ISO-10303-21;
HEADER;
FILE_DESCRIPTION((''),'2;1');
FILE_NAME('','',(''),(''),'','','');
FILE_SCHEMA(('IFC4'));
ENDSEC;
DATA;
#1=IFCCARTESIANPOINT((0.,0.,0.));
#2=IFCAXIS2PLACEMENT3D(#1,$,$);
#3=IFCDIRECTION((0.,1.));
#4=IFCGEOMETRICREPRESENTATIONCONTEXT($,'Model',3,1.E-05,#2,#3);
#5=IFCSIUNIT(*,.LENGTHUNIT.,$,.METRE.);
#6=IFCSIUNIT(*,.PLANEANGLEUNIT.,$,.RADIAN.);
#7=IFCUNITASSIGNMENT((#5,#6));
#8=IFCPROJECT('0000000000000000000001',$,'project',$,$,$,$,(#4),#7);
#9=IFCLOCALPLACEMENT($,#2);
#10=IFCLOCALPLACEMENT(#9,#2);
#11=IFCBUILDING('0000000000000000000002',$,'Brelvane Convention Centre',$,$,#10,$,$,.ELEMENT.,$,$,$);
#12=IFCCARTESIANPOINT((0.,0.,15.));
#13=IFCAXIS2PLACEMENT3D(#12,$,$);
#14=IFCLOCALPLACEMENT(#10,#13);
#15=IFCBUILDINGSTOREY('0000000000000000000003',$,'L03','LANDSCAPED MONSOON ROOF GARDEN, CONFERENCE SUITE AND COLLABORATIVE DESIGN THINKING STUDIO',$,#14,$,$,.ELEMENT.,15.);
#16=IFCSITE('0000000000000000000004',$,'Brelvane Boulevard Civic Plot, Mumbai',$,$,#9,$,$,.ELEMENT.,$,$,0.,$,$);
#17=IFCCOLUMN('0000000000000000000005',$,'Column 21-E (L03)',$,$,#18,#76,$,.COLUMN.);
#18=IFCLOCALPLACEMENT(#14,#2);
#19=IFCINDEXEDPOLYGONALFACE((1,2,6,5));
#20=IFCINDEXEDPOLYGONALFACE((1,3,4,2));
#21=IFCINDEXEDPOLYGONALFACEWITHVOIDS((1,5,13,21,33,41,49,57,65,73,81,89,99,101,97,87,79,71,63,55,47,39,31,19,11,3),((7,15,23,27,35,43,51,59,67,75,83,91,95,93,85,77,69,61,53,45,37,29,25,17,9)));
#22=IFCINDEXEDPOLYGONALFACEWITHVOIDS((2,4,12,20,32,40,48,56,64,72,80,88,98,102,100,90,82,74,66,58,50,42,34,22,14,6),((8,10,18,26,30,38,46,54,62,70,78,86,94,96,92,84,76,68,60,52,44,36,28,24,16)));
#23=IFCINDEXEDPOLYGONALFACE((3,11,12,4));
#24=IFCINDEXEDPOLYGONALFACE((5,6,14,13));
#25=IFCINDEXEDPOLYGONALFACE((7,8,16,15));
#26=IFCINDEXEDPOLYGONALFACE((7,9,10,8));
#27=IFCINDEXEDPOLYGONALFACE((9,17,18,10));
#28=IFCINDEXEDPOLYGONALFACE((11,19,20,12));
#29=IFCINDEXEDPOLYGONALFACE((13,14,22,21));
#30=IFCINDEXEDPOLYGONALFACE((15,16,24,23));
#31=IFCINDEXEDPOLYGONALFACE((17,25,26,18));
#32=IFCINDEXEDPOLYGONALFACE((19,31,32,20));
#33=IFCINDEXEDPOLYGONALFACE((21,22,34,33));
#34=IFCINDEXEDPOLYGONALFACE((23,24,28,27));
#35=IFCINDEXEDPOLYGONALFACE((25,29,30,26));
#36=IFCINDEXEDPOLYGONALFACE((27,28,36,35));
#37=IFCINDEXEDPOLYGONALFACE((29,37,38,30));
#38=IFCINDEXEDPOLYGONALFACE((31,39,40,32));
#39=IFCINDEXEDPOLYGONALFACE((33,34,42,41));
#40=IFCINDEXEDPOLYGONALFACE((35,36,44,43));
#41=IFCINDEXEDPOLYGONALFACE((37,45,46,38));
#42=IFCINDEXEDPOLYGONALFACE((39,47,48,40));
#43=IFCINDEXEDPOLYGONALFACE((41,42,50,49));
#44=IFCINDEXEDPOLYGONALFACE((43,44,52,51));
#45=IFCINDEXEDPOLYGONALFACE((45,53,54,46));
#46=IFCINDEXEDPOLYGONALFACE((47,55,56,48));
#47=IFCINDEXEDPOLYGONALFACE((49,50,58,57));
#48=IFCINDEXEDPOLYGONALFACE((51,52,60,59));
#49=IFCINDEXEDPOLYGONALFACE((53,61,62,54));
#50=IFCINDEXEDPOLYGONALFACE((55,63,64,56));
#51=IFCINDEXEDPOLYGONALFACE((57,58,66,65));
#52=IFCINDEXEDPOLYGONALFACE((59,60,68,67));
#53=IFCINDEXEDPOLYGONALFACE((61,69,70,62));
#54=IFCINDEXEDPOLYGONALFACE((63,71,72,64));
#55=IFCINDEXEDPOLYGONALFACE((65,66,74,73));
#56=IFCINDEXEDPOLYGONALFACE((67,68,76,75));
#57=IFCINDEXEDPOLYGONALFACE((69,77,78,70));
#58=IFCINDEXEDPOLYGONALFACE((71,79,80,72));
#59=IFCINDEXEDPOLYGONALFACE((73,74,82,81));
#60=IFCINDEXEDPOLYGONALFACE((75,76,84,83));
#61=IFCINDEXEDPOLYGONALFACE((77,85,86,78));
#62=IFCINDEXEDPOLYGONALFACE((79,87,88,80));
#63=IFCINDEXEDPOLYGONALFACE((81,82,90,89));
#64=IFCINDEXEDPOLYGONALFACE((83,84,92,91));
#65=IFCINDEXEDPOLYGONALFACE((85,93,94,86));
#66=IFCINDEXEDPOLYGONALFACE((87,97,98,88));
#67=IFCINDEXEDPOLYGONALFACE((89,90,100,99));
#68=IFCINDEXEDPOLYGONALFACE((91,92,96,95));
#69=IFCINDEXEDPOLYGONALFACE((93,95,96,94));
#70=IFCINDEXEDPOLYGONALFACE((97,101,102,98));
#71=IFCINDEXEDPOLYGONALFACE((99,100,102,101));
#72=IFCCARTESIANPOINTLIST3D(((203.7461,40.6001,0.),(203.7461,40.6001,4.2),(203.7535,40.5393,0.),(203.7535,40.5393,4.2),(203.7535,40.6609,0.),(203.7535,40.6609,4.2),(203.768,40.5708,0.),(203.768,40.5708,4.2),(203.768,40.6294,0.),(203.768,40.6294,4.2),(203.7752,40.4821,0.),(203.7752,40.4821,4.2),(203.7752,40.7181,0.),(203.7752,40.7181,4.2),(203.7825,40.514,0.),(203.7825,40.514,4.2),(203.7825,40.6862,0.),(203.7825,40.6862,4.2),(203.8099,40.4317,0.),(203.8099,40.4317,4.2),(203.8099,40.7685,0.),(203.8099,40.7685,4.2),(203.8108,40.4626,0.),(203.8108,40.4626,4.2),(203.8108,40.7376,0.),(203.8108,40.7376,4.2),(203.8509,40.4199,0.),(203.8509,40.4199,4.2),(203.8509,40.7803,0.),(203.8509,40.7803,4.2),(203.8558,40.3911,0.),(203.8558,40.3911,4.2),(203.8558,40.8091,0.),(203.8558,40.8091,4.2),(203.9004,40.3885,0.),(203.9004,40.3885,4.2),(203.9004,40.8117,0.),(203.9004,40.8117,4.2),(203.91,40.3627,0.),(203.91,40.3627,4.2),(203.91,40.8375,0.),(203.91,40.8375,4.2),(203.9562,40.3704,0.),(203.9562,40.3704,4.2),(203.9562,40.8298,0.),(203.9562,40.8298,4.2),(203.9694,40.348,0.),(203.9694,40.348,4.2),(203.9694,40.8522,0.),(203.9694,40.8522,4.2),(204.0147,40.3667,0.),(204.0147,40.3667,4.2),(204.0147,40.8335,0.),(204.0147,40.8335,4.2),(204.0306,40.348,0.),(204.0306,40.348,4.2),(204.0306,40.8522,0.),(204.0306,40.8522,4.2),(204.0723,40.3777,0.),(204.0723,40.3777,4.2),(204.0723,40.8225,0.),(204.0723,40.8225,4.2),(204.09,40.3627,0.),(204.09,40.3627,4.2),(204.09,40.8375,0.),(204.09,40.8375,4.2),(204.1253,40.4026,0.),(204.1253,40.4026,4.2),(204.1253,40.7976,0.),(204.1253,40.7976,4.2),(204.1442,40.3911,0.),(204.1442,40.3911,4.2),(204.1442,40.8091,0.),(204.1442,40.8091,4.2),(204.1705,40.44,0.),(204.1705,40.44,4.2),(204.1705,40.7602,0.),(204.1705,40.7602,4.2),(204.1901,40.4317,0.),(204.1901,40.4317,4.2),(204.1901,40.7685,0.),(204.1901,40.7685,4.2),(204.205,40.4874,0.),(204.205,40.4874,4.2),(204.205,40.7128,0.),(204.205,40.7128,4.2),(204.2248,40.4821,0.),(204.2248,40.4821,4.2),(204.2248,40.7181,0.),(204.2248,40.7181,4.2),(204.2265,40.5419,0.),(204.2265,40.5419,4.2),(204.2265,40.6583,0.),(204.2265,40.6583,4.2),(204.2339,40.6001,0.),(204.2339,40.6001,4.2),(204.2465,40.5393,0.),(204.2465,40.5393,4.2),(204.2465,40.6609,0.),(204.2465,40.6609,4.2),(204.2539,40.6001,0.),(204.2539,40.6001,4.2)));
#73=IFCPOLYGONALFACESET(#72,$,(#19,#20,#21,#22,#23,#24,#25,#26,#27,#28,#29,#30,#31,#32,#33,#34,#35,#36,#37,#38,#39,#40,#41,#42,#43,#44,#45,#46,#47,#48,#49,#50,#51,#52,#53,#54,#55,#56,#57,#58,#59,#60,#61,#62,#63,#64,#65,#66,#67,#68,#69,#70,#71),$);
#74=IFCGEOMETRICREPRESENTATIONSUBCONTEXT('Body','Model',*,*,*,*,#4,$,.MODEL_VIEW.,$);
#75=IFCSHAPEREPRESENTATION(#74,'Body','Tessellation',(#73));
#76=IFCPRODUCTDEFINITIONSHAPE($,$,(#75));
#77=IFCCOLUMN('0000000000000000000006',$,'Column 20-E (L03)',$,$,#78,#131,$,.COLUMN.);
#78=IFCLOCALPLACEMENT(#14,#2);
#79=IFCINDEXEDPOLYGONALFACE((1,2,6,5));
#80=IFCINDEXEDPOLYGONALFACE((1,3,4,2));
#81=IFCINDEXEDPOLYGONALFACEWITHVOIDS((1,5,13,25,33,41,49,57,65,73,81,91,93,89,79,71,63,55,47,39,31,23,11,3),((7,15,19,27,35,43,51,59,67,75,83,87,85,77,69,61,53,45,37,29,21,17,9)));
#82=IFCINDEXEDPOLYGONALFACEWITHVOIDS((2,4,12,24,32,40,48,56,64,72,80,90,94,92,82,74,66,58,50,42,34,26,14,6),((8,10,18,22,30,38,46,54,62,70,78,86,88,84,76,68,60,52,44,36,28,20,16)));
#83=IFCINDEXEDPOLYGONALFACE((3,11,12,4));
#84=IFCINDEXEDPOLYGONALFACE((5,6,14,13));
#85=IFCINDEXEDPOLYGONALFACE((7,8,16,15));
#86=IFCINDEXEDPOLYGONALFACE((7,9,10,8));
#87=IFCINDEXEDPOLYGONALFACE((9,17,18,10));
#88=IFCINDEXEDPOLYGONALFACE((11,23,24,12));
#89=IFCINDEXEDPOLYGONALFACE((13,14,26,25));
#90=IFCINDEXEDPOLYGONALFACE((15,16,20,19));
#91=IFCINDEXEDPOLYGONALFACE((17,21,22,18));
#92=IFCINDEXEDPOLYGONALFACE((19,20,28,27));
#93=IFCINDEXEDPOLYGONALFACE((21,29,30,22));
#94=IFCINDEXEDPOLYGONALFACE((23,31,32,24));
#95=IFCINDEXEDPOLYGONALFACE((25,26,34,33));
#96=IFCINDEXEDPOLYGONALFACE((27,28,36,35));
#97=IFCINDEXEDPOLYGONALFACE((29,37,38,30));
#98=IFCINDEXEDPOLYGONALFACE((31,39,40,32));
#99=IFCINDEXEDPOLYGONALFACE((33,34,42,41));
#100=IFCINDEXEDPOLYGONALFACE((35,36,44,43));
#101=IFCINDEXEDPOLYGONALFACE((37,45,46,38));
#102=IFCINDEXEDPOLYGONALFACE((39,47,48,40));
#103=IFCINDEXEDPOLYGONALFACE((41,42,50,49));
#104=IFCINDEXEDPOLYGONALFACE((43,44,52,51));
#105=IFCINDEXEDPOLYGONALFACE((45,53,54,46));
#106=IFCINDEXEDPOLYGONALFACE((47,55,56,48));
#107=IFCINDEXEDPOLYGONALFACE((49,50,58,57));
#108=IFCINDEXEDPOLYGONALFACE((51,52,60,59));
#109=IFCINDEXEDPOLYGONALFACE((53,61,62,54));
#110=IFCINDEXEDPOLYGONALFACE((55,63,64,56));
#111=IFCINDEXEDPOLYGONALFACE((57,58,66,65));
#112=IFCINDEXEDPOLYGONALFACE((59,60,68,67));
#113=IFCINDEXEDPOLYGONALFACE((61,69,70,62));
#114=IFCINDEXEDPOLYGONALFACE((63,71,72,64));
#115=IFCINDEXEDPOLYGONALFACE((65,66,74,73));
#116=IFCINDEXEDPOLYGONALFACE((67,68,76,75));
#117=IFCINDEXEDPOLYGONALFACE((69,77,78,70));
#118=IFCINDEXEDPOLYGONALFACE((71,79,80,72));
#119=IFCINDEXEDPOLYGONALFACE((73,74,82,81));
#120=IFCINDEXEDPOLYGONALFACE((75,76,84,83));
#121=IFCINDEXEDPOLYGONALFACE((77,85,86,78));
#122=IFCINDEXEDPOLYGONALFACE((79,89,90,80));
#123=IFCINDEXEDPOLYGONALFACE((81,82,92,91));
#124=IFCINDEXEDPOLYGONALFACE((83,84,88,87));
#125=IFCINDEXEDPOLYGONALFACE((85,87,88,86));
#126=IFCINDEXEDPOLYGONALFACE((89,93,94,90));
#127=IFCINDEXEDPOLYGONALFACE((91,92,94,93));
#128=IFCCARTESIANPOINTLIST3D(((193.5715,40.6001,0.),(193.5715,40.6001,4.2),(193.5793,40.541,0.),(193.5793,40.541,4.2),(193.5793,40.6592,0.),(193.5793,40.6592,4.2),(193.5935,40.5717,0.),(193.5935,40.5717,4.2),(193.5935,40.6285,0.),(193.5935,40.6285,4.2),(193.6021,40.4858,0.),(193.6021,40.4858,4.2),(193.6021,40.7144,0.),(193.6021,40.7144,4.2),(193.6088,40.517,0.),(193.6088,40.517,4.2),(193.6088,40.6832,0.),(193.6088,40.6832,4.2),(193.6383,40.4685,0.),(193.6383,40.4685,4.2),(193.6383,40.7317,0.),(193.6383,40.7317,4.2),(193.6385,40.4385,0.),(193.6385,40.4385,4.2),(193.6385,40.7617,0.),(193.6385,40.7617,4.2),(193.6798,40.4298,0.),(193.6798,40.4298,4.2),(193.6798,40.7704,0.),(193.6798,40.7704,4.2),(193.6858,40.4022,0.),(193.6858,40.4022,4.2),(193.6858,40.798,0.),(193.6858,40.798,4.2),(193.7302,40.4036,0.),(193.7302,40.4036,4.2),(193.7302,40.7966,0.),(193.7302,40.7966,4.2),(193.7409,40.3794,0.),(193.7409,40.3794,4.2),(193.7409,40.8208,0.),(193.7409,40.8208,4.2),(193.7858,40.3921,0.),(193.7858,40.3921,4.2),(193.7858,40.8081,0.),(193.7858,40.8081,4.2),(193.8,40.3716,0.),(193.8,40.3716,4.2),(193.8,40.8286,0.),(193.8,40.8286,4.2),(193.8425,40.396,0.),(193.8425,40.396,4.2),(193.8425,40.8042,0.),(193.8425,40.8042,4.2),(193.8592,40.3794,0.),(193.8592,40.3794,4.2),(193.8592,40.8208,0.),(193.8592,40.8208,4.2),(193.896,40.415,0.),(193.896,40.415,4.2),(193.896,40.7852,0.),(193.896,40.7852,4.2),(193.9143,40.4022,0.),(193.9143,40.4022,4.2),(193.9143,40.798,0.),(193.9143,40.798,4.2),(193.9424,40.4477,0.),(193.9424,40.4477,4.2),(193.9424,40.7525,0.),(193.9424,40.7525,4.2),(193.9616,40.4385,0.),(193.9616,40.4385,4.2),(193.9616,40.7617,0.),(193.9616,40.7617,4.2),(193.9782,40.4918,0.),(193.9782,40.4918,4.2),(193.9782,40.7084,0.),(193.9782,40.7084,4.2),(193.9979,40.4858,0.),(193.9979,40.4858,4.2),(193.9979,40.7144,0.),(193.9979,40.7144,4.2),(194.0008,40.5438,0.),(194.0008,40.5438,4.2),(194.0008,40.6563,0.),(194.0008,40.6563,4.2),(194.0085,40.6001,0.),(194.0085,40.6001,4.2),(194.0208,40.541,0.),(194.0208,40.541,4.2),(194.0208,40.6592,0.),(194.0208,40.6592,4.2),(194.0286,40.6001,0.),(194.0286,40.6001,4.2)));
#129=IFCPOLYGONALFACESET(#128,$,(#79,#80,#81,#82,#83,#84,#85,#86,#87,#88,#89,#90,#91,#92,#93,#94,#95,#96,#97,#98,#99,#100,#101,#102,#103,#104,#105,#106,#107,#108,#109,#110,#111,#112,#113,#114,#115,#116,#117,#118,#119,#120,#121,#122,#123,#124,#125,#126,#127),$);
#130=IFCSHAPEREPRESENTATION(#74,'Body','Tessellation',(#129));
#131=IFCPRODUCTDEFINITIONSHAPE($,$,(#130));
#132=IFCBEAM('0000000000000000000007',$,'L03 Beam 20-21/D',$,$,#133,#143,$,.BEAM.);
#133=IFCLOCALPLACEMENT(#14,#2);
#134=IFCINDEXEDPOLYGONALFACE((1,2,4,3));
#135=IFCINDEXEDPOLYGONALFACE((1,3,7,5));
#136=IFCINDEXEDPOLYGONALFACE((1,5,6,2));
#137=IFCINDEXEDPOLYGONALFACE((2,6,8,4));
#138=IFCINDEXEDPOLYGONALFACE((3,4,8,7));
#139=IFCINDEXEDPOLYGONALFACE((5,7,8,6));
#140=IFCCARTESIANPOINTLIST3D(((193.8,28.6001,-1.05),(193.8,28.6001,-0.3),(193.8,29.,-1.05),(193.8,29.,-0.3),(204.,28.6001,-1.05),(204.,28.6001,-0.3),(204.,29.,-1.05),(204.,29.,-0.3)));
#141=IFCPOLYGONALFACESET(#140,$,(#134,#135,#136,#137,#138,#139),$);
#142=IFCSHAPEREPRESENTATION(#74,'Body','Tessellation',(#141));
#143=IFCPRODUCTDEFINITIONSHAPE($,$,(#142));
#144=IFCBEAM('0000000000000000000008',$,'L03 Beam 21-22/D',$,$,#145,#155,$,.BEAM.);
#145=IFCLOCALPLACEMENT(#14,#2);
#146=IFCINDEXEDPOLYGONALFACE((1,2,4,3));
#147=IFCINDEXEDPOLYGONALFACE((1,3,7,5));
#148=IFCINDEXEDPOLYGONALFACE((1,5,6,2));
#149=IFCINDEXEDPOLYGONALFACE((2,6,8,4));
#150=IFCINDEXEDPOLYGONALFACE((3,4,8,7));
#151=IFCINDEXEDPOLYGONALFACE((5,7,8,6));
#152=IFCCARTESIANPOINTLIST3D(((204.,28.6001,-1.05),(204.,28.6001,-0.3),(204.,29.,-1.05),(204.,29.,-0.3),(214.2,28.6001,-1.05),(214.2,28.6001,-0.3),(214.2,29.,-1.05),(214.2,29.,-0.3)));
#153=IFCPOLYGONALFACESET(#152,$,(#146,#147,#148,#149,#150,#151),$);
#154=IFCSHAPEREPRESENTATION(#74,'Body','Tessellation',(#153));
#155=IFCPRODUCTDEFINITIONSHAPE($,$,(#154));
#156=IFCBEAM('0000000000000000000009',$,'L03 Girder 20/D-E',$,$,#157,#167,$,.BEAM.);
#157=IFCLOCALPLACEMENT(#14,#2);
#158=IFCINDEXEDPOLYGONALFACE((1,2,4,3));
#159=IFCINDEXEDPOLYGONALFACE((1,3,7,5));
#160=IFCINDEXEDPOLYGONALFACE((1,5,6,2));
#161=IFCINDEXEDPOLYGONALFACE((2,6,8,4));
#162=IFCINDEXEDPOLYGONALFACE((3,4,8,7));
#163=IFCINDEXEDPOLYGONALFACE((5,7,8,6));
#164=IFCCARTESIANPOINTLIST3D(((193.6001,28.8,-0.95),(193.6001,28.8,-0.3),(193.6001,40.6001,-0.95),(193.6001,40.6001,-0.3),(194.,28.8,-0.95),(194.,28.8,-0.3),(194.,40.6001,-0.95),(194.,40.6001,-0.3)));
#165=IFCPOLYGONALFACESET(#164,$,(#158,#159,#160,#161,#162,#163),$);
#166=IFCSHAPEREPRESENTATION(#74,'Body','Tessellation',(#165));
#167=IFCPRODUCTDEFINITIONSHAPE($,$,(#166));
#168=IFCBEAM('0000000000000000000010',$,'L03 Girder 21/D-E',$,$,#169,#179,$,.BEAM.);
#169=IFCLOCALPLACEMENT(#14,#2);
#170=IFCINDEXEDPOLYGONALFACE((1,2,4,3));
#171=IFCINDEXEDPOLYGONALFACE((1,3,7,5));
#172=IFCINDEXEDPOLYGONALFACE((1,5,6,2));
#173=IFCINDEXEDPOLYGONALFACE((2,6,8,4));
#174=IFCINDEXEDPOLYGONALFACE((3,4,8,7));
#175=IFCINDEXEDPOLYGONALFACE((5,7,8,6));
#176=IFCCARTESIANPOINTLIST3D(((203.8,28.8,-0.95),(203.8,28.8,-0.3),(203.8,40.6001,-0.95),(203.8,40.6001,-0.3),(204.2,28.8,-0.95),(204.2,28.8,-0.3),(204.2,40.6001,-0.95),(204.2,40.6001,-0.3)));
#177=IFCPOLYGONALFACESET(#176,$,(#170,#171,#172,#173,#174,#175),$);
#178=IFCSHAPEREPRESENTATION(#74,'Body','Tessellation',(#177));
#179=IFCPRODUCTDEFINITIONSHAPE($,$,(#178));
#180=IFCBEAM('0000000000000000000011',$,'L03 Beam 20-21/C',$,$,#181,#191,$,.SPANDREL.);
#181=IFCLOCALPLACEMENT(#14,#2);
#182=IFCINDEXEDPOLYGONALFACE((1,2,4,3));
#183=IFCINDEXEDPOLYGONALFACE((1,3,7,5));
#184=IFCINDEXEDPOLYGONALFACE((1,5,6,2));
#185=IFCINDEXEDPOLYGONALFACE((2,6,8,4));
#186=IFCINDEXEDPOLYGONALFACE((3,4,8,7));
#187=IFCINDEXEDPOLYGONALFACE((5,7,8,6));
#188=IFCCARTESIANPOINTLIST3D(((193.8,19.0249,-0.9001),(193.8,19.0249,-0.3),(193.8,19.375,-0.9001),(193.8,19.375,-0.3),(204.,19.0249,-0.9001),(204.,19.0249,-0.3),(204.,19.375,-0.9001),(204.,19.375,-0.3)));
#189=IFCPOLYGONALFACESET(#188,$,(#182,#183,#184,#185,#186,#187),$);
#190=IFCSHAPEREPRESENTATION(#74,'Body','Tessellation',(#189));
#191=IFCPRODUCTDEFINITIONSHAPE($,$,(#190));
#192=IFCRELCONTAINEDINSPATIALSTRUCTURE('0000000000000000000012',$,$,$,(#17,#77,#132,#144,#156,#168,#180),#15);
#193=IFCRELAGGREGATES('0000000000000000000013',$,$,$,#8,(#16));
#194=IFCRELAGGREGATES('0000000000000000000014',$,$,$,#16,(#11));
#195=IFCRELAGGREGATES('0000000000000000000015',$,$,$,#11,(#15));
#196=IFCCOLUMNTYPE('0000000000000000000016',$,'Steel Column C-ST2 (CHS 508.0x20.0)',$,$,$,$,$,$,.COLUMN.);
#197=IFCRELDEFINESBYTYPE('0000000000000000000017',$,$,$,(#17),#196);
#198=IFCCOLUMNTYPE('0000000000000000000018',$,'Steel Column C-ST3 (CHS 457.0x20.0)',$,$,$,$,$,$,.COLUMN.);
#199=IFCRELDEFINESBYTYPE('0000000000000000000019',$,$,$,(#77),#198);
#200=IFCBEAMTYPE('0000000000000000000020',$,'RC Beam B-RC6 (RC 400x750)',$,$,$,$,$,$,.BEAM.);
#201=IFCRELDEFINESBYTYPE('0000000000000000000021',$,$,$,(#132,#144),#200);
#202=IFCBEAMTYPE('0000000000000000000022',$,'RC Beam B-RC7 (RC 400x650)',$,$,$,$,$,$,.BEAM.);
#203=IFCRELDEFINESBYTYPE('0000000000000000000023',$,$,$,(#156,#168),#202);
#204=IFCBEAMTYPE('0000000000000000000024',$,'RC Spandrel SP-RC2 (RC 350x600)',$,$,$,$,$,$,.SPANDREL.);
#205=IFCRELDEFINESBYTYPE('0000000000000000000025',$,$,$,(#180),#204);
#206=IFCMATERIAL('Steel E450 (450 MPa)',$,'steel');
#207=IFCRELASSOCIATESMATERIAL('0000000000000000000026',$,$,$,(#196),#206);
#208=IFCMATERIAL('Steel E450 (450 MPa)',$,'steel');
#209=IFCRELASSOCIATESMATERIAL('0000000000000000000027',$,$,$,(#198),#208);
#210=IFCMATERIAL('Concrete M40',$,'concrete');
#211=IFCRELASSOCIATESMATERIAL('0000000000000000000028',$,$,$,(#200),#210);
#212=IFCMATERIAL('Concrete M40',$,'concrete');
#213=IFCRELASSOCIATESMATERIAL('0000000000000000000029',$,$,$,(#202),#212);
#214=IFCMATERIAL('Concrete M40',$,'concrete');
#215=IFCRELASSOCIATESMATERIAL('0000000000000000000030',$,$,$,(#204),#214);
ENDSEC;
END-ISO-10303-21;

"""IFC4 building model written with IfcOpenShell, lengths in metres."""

from ifc_helpers import new_model, si_unit, direction, frame, origin, origin_2d, place, context, subcontext, project, spatial, rectangle, hollow_circle, extrude, material, material_profile, profile_set, type_object, element, save


model = new_model("IFC4")

# Units and contexts
model_context = context("Model", 3, precision=1e-05, world=origin(), true_north=direction((0.0, 1.0)))
body_context = subcontext(model_context, "Body", "Model", "MODEL_VIEW")
ifc_project = project(units=[si_unit("LENGTHUNIT", "METRE"), si_unit("PLANEANGLEUNIT", "RADIAN")], contexts=[model_context])

# Site, building, storey
site_placement = place(None, origin())
site = spatial("IfcSite", under=ifc_project, at=site_placement, Name="Brelvane Boulevard Civic Plot, Mumbai", CompositionType="ELEMENT", RefElevation=0.0)
building_placement = place(site_placement, origin())
building = spatial("IfcBuilding", under=site, at=building_placement, Name="Brelvane Convention Centre", CompositionType="ELEMENT")
storey_placement = place(building_placement, frame((0.0, 0.0, 15.0)))
storey = spatial("IfcBuildingStorey", under=building, at=storey_placement, Name="L03", Description="LANDSCAPED MONSOON ROOF GARDEN, CONFERENCE SUITE AND COLLABORATIVE DESIGN THINKING STUDIO", CompositionType="ELEMENT", Elevation=15.0)

# Columns
ifc_material_1 = material(Name="Steel E450 (450 MPa)", Category="steel")
ifc_material_profile_1 = material_profile(ifc_material_1, hollow_circle(Radius=0.2539, WallThickness=0.02, at=origin_2d()), Name="CHS 508.0x20.0")
ifc_profile_set_1 = profile_set([ifc_material_profile_1], Name="Steel E450 (450 MPa)")
column_type_1 = type_object("IfcColumnType", Name="Steel Column C-ST2 (CHS 508.0x20.0)", PredefinedType="COLUMN", material=ifc_profile_set_1)
column_1_placement = place(storey_placement, frame((204.0, 40.6001, 0.0), z_axis=(0.0, 0.0, 1.0), x_axis=(1.0, 0.0, 0.0)))
element("IfcColumn", 1, at=column_1_placement, inside=storey, type_object=column_type_1, Name="Column 21-E (L03)", PredefinedType="COLUMN", context=body_context, shape_type="SweptSolid", body=[
    extrude(hollow_circle(Radius=0.2539, WallThickness=0.02, at=origin_2d()), origin(), (0.0, 0.0, 1.0), 4.2),
])
ifc_material_2 = material(Name="Steel E450 (450 MPa)", Category="steel")
ifc_material_profile_2 = material_profile(ifc_material_2, hollow_circle(Radius=0.2285, WallThickness=0.02, at=origin_2d()), Name="CHS 457.0x20.0")
ifc_profile_set_2 = profile_set([ifc_material_profile_2], Name="Steel E450 (450 MPa)")
column_type_2 = type_object("IfcColumnType", Name="Steel Column C-ST3 (CHS 457.0x20.0)", PredefinedType="COLUMN", material=ifc_profile_set_2)
column_2_placement = place(storey_placement, frame((193.8, 40.6001, 0.0), z_axis=(0.0, 0.0, 1.0), x_axis=(1.0, 0.0, 0.0)))
element("IfcColumn", 2, at=column_2_placement, inside=storey, type_object=column_type_2, Name="Column 20-E (L03)", PredefinedType="COLUMN", context=body_context, shape_type="SweptSolid", body=[
    extrude(hollow_circle(Radius=0.2285, WallThickness=0.02, at=origin_2d()), origin(), (0.0, 0.0, 1.0), 4.2),
])

# Beams
ifc_material_3 = material(Name="Concrete M40", Category="concrete")
ifc_material_profile_3 = material_profile(ifc_material_3, rectangle(XDim=0.3999, YDim=0.75, at=origin_2d()), Name="RC 400x750")
ifc_profile_set_3 = profile_set([ifc_material_profile_3], Name="Concrete M40")
beam_type_1 = type_object("IfcBeamType", Name="RC Beam B-RC6 (RC 400x750)", PredefinedType="BEAM", material=ifc_profile_set_3)
for number, where, z_axis, x_axis, name in (
    (3, (193.8, 28.8, -0.675), (1.0, 0.0, 0.0), (0.0, 1.0, 0.0), "L03 Beam 20-21/D"),
    (4, (204.0, 28.8, -0.675), (1.0, 0.0, 0.0), (0.0, 1.0, 0.0), "L03 Beam 21-22/D"),
):
    element("IfcBeam", number, at=place(storey_placement, frame(where, z_axis=z_axis, x_axis=x_axis)), inside=storey, type_object=beam_type_1, Name=name, PredefinedType="BEAM", context=body_context, shape_type="SweptSolid", body=[
        extrude(rectangle(XDim=0.3999, YDim=0.75, at=origin_2d()), origin(), (0.0, 0.0, 1.0), 10.2),
    ])
ifc_material_4 = material(Name="Concrete M40", Category="concrete")
ifc_material_profile_4 = material_profile(ifc_material_4, rectangle(XDim=0.3999, YDim=0.6499, at=origin_2d()), Name="RC 400x650")
ifc_profile_set_4 = profile_set([ifc_material_profile_4], Name="Concrete M40")
beam_type_2 = type_object("IfcBeamType", Name="RC Beam B-RC7 (RC 400x650)", PredefinedType="BEAM", material=ifc_profile_set_4)
for number, where, z_axis, x_axis, name in (
    (5, (193.8, 28.8, -0.625), (0.0, 1.0, 0.0), (-1.0, 0.0, 0.0), "L03 Girder 20/D-E"),
    (6, (204.0, 28.8, -0.625), (0.0, 1.0, 0.0), (-1.0, 0.0, 0.0), "L03 Girder 21/D-E"),
):
    element("IfcBeam", number, at=place(storey_placement, frame(where, z_axis=z_axis, x_axis=x_axis)), inside=storey, type_object=beam_type_2, Name=name, PredefinedType="BEAM", context=body_context, shape_type="SweptSolid", body=[
        extrude(rectangle(XDim=0.3999, YDim=0.6499, at=origin_2d()), origin(), (0.0, 0.0, 1.0), 11.8),
    ])
ifc_material_5 = material(Name="Concrete M40", Category="concrete")
ifc_material_profile_5 = material_profile(ifc_material_5, rectangle(XDim=0.3501, YDim=0.6001, at=origin_2d()), Name="RC 350x600")
ifc_profile_set_5 = profile_set([ifc_material_profile_5], Name="Concrete M40")
beam_type_3 = type_object("IfcBeamType", Name="RC Spandrel SP-RC2 (RC 350x600)", PredefinedType="SPANDREL", material=ifc_profile_set_5)
for number, where, z_axis, x_axis, name in (
    (7, (193.8, 19.2, -0.6001), (1.0, 0.0, 0.0), (0.0, 1.0, 0.0), "L03 Beam 20-21/C"),
):
    element("IfcBeam", number, at=place(storey_placement, frame(where, z_axis=z_axis, x_axis=x_axis)), inside=storey, type_object=beam_type_3, Name=name, PredefinedType="SPANDREL", context=body_context, shape_type="SweptSolid", body=[
        extrude(rectangle(XDim=0.3501, YDim=0.6001, at=origin_2d()), origin(), (0.0, 0.0, 1.0), 10.2),
    ])

save(model, "model.ifc")
